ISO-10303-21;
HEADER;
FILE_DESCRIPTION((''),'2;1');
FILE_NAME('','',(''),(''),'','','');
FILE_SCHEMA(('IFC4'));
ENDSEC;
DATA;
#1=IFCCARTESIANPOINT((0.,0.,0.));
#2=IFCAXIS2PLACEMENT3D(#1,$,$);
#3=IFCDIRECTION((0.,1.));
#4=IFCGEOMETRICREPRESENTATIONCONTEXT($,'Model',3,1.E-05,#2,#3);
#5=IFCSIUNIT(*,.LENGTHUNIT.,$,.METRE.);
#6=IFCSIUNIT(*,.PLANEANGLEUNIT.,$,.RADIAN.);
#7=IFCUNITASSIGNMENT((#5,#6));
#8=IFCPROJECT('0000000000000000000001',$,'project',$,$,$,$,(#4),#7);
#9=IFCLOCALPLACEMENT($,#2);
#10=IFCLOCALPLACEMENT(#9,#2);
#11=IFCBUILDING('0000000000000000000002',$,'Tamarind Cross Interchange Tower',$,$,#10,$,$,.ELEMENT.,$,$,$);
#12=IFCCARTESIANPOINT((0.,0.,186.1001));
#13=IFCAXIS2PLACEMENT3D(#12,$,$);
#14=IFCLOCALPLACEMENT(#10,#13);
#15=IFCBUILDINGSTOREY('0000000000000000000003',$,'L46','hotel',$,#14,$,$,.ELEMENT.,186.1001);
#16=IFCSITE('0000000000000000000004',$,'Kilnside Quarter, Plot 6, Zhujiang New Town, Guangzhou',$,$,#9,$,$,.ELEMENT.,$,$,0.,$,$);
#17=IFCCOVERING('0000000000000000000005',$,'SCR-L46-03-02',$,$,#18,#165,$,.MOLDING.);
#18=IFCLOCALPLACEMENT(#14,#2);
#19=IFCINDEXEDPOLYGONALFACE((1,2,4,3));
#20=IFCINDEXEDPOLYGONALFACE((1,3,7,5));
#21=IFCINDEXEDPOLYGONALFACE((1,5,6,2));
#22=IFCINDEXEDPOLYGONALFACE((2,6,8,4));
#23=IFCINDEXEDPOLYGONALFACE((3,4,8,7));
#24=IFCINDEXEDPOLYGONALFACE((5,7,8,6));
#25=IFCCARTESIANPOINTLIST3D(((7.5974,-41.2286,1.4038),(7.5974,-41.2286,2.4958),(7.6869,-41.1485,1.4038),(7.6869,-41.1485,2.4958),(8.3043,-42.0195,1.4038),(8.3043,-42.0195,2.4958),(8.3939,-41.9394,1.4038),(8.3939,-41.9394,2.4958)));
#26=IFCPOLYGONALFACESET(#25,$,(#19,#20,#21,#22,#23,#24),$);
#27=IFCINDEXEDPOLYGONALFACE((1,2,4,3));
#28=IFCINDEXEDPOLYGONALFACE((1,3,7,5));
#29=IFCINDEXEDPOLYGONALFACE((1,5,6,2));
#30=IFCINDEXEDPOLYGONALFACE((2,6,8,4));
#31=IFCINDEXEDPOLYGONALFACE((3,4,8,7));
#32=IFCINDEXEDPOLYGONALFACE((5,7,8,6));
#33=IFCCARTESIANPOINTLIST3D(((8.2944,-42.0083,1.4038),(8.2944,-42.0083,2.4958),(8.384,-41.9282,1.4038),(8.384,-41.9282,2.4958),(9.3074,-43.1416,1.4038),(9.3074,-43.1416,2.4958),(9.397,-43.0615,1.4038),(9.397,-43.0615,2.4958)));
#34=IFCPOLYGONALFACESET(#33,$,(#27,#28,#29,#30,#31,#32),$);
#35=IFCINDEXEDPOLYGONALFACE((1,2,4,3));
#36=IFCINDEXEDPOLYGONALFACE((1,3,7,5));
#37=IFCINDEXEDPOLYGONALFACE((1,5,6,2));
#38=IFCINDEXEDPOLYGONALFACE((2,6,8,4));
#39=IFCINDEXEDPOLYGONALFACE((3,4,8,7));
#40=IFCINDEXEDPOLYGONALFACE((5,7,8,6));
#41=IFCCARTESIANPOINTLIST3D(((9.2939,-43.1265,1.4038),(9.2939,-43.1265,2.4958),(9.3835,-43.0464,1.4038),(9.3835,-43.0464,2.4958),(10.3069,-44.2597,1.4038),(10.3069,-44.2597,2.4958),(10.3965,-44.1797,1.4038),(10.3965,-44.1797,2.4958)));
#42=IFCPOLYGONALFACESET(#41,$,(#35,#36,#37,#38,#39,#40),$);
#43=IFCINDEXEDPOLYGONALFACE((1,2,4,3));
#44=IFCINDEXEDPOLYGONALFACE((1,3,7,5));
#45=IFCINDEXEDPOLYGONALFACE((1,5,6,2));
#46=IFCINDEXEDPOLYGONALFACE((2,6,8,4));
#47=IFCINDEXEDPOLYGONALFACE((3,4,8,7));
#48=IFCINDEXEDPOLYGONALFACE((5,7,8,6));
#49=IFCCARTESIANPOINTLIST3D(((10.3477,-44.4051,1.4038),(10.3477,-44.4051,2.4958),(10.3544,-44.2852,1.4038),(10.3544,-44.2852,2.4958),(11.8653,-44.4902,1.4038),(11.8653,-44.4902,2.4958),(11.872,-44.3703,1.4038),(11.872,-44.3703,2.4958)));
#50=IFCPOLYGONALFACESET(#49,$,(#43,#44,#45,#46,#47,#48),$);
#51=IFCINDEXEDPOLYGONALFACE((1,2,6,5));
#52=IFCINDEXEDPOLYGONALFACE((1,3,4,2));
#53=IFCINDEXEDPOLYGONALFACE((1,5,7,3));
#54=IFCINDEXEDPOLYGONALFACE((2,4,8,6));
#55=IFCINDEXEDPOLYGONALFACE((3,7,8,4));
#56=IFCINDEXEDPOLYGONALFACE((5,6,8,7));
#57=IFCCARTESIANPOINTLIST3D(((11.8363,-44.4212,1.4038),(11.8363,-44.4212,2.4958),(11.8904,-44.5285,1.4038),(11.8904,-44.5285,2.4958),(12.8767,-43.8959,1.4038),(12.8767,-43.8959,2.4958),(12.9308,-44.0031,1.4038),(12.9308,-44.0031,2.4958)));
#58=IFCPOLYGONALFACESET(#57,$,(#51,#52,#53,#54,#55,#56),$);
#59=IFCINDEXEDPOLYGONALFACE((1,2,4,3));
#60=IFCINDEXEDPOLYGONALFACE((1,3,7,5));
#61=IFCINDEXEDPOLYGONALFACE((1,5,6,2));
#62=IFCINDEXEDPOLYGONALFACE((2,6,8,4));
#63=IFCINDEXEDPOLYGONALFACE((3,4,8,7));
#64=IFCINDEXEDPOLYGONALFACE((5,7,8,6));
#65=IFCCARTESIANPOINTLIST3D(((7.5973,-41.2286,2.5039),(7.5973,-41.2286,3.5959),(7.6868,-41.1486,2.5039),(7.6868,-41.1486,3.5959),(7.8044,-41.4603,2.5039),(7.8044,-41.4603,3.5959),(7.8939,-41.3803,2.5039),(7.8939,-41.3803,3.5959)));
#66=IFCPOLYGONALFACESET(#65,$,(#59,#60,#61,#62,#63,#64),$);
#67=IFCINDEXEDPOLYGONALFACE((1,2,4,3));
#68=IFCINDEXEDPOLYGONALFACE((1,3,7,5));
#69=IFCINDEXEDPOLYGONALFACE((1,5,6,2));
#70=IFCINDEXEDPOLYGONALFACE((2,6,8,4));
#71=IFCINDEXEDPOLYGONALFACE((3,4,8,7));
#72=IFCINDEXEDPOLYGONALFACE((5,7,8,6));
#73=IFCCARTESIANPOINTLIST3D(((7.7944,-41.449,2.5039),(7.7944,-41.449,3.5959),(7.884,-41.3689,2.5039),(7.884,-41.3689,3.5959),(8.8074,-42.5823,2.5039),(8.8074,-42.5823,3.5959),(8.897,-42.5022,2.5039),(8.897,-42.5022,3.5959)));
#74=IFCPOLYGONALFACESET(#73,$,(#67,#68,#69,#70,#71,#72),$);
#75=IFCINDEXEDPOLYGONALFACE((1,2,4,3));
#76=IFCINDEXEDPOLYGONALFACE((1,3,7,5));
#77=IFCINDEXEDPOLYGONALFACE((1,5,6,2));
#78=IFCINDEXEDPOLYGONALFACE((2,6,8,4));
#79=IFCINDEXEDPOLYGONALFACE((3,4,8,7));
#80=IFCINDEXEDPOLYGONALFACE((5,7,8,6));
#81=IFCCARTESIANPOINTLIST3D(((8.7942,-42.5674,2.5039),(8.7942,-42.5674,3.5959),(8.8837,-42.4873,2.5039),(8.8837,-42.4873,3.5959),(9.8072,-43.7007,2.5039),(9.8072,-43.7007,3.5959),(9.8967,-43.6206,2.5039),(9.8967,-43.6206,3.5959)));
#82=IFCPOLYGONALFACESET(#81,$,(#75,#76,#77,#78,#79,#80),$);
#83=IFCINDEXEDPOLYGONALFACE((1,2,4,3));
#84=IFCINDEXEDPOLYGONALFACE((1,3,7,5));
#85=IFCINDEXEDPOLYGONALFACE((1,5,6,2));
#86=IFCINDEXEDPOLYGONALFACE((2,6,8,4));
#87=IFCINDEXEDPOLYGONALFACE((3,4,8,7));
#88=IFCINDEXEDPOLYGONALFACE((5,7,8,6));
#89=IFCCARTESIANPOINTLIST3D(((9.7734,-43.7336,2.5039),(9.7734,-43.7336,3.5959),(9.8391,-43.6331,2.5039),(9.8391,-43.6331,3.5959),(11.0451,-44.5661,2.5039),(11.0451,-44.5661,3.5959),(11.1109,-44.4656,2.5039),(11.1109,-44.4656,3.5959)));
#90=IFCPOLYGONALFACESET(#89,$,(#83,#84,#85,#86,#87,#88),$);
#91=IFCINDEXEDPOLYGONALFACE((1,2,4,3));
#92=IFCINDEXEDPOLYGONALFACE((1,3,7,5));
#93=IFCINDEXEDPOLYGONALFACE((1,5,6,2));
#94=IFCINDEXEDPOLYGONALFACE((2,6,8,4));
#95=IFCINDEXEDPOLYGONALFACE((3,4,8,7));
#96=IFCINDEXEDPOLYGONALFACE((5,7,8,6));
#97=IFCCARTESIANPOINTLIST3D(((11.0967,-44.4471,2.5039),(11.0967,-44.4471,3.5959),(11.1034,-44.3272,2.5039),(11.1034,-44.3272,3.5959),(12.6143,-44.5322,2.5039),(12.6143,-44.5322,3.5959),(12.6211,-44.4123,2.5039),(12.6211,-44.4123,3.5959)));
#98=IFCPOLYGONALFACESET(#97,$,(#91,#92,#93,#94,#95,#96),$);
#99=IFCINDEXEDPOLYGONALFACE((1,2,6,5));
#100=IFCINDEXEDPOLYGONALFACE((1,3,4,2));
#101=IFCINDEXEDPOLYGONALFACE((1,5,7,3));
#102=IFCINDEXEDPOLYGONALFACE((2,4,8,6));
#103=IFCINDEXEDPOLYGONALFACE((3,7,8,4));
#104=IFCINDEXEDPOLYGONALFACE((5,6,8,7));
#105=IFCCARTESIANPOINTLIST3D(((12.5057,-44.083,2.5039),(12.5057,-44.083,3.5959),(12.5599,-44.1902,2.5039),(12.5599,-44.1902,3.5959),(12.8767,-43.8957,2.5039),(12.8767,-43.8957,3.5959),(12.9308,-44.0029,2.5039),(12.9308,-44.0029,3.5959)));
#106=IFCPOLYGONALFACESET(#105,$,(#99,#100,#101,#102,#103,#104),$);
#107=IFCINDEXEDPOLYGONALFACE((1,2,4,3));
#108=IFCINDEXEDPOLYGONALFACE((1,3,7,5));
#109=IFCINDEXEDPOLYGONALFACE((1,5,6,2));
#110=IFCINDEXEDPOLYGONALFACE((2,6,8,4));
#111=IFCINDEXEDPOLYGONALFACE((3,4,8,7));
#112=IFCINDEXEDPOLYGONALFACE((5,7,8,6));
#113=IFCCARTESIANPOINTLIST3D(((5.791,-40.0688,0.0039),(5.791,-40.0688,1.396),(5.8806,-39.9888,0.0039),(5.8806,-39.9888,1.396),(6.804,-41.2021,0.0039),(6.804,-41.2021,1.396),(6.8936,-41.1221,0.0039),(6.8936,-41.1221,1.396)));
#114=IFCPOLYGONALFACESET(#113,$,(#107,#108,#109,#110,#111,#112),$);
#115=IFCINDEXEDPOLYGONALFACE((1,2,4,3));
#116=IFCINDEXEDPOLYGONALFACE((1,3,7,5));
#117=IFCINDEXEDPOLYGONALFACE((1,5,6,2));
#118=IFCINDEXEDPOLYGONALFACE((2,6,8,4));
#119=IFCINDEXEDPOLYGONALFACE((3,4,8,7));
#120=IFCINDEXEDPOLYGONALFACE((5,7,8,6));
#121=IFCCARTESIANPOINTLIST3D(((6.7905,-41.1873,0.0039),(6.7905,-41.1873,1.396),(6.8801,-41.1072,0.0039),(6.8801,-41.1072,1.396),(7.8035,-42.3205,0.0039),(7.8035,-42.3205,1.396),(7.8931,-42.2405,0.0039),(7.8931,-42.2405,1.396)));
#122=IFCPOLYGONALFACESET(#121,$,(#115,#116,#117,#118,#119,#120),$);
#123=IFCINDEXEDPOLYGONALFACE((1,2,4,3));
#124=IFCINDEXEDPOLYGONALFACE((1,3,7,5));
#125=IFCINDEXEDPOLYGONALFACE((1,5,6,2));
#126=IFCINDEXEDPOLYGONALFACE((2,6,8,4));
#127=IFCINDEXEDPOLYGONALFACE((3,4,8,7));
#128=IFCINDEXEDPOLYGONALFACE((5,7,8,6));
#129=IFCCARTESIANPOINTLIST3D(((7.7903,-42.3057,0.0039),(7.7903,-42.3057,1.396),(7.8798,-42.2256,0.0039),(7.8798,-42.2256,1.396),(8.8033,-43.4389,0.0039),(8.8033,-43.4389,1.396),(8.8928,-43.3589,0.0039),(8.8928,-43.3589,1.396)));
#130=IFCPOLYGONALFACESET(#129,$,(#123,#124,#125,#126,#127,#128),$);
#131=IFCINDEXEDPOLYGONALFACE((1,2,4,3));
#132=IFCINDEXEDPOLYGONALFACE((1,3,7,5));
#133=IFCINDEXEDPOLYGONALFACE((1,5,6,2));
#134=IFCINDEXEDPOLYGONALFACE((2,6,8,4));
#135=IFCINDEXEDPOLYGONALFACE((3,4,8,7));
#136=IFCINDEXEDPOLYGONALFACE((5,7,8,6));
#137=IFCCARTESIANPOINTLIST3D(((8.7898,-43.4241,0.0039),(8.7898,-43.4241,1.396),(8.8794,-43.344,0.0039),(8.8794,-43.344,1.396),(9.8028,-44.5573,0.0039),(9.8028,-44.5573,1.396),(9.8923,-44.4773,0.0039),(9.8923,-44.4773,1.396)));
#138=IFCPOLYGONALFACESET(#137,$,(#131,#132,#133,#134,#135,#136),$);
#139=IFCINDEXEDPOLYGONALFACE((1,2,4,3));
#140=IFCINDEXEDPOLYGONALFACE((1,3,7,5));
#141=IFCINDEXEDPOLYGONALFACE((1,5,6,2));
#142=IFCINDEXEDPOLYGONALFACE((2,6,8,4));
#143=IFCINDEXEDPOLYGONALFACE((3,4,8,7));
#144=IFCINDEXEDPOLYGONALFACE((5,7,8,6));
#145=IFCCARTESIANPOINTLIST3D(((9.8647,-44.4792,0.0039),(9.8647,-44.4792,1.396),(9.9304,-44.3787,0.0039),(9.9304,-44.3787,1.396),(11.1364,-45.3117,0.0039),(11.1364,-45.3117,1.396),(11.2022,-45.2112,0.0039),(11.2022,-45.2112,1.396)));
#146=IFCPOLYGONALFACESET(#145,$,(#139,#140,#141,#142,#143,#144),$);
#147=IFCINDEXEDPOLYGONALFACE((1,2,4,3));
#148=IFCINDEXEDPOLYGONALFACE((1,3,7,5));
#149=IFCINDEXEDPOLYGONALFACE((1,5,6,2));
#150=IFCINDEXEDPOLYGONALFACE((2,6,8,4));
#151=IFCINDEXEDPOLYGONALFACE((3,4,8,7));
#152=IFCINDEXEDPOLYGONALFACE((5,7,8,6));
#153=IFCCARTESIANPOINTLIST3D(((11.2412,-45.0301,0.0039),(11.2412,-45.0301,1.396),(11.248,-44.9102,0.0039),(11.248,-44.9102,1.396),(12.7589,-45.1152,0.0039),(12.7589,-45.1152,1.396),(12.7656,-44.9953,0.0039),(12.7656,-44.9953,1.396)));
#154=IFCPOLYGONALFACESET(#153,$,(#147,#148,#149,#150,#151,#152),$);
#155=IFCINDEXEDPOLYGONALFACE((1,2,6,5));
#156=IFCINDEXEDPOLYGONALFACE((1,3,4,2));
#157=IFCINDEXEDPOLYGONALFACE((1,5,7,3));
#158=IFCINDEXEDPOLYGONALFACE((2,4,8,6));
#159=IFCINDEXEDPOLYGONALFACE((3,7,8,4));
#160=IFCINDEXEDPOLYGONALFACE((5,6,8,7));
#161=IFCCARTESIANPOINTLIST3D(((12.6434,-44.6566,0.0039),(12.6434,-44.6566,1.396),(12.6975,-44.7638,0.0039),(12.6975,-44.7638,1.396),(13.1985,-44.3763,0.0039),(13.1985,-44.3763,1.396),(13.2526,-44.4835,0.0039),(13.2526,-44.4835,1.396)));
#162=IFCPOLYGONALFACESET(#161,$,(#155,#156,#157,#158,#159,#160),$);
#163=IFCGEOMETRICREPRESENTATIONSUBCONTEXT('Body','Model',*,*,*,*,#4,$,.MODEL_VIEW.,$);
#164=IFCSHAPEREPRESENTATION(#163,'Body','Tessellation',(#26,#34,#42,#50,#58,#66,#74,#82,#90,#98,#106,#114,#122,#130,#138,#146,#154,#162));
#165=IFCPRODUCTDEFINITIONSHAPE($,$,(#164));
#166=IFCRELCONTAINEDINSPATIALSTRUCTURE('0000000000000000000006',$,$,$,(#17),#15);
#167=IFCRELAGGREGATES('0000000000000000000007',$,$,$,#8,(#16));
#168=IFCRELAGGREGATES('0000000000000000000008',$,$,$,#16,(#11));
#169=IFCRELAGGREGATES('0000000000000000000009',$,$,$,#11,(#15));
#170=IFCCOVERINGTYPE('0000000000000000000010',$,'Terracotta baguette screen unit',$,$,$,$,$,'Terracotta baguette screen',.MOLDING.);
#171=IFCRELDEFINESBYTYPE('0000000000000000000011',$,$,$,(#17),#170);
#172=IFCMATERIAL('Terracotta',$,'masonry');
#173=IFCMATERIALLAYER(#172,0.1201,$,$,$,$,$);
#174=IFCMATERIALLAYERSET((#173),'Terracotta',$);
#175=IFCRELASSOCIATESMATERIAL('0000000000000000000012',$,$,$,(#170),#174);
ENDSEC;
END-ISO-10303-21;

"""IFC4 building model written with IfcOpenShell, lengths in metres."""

from ifc_helpers import new_model, si_unit, direction, frame, origin, origin_2d, place, context, subcontext, project, spatial, rectangle, extrude, material, layer, layer_set, type_object, element, save


model = new_model("IFC4")

# Units and contexts
model_context = context("Model", 3, precision=1e-05, world=origin(), true_north=direction((0.0, 1.0)))
body_context = subcontext(model_context, "Body", "Model", "MODEL_VIEW")
ifc_project = project(units=[si_unit("LENGTHUNIT", "METRE"), si_unit("PLANEANGLEUNIT", "RADIAN")], contexts=[model_context])

# Site, building, storey
site_placement = place(None, origin())
site = spatial("IfcSite", under=ifc_project, at=site_placement, Name="Kilnside Quarter, Plot 6, Zhujiang New Town, Guangzhou", CompositionType="ELEMENT", RefElevation=0.0)
building_placement = place(site_placement, origin())
building = spatial("IfcBuilding", under=site, at=building_placement, Name="Tamarind Cross Interchange Tower", CompositionType="ELEMENT")
storey_placement = place(building_placement, frame((0.0, 0.0, 186.1001)))
storey = spatial("IfcBuildingStorey", under=building, at=storey_placement, Name="L46", Description="hotel", CompositionType="ELEMENT", Elevation=186.1001)

# Covering
ifc_material_1 = material(Name="Terracotta", Category="masonry")
ifc_layer_1 = layer(ifc_material_1, 0.1201)
ifc_layer_set_1 = layer_set([ifc_layer_1], Name="Terracotta")
covering_type = type_object("IfcCoveringType", Name="Terracotta baguette screen unit", ElementType="Terracotta baguette screen", PredefinedType="MOLDING", material=ifc_layer_set_1)
covering_1_placement = place(storey_placement, origin())
element("IfcCovering", 1, at=covering_1_placement, inside=storey, type_object=covering_type, Name="SCR-L46-03-02", PredefinedType="MOLDING", context=body_context, shape_type="SweptSolid", body=[
    extrude(rectangle(XDim=1.0608, YDim=0.1201, at=origin_2d()), frame((7.9956, -41.584, 1.4038), z_axis=(0.0, 0.0, 1.0), x_axis=(0.666428, -0.745569, 0.0)), (0.0, 0.0, 1.0), 1.092),
    extrude(rectangle(XDim=1.52, YDim=0.1201, at=origin_2d()), frame((8.8457, -42.5349, 1.4038), z_axis=(0.0, 0.0, 1.0), x_axis=(0.666428, -0.745569, 0.0)), (0.0, 0.0, 1.0), 1.092),
    extrude(rectangle(XDim=1.52, YDim=0.1201, at=origin_2d()), frame((9.8452, -43.6531, 1.4038), z_axis=(0.0, 0.0, 1.0), x_axis=(0.666428, -0.745569, 0.0)), (0.0, 0.0, 1.0), 1.092),
    extrude(rectangle(XDim=1.52, YDim=0.1201, at=origin_2d()), frame((11.1099, -44.3877, 1.4038), z_axis=(0.0, 0.0, 1.0), x_axis=(0.998433, -0.055961, 0.0)), (0.0, 0.0, 1.0), 1.092),
    extrude(rectangle(XDim=1.1655, YDim=0.1201, at=origin_2d()), frame((12.3835, -44.2122, 1.4038), z_axis=(0.0, 0.0, 1.0), x_axis=(0.892649, 0.450753, 0.0)), (0.0, 0.0, 1.0), 1.092),
    extrude(rectangle(XDim=0.3108, YDim=0.1201, at=origin_2d()), frame((7.7456, -41.3044, 2.5039), z_axis=(0.0, 0.0, 1.0), x_axis=(0.666428, -0.745569, 0.0)), (0.0, 0.0, 1.0), 1.092),
    extrude(rectangle(XDim=1.52, YDim=0.1201, at=origin_2d()), frame((8.3457, -41.9756, 2.5039), z_axis=(0.0, 0.0, 1.0), x_axis=(0.666428, -0.745569, 0.0)), (0.0, 0.0, 1.0), 1.092),
    extrude(rectangle(XDim=1.52, YDim=0.1201, at=origin_2d()), frame((9.3455, -43.094, 2.5039), z_axis=(0.0, 0.0, 1.0), x_axis=(0.666428, -0.745569, 0.0)), (0.0, 0.0, 1.0), 1.092),
    extrude(rectangle(XDim=1.52, YDim=0.1201, at=origin_2d()), frame((10.4421, -44.0996, 2.5039), z_axis=(0.0, 0.0, 1.0), x_axis=(0.836688, -0.54768, 0.0)), (0.0, 0.0, 1.0), 1.092),
    extrude(rectangle(XDim=1.52, YDim=0.1201, at=origin_2d()), frame((11.8589, -44.4297, 2.5039), z_axis=(0.0, 0.0, 1.0), x_axis=(0.998433, -0.055961, 0.0)), (0.0, 0.0, 1.0), 1.092),
    extrude(rectangle(XDim=0.4155, YDim=0.1201, at=origin_2d()), frame((12.7183, -44.043, 2.5039), z_axis=(0.0, 0.0, 1.0), x_axis=(0.892649, 0.450753, 0.0)), (0.0, 0.0, 1.0), 1.092),
    extrude(rectangle(XDim=1.52, YDim=0.1201, at=origin_2d()), frame((6.3423, -40.5955, 0.0039), z_axis=(0.0, 0.0, 1.0), x_axis=(0.666428, -0.745569, 0.0)), (0.0, 0.0, 1.0), 1.3921),
    extrude(rectangle(XDim=1.52, YDim=0.1201, at=origin_2d()), frame((7.3418, -41.7139, 0.0039), z_axis=(0.0, 0.0, 1.0), x_axis=(0.666428, -0.745569, 0.0)), (0.0, 0.0, 1.0), 1.3921),
    extrude(rectangle(XDim=1.52, YDim=0.1201, at=origin_2d()), frame((8.3416, -42.8323, 0.0039), z_axis=(0.0, 0.0, 1.0), x_axis=(0.666428, -0.745569, 0.0)), (0.0, 0.0, 1.0), 1.3921),
    extrude(rectangle(XDim=1.52, YDim=0.1201, at=origin_2d()), frame((9.3411, -43.9507, 0.0039), z_axis=(0.0, 0.0, 1.0), x_axis=(0.666428, -0.745569, 0.0)), (0.0, 0.0, 1.0), 1.3921),
    extrude(rectangle(XDim=1.52, YDim=0.1201, at=origin_2d()), frame((10.5334, -44.8452, 0.0039), z_axis=(0.0, 0.0, 1.0), x_axis=(0.836688, -0.54768, 0.0)), (0.0, 0.0, 1.0), 1.3921),
    extrude(rectangle(XDim=1.52, YDim=0.1201, at=origin_2d()), frame((12.0034, -45.0127, 0.0039), z_axis=(0.0, 0.0, 1.0), x_axis=(0.998433, -0.055961, 0.0)), (0.0, 0.0, 1.0), 1.3921),
    extrude(rectangle(XDim=0.6218, YDim=0.1201, at=origin_2d()), frame((12.948, -44.5701, 0.0039), z_axis=(0.0, 0.0, 1.0), x_axis=(0.892649, 0.450753, 0.0)), (0.0, 0.0, 1.0), 1.3921),
])

save(model, "model.ifc")
